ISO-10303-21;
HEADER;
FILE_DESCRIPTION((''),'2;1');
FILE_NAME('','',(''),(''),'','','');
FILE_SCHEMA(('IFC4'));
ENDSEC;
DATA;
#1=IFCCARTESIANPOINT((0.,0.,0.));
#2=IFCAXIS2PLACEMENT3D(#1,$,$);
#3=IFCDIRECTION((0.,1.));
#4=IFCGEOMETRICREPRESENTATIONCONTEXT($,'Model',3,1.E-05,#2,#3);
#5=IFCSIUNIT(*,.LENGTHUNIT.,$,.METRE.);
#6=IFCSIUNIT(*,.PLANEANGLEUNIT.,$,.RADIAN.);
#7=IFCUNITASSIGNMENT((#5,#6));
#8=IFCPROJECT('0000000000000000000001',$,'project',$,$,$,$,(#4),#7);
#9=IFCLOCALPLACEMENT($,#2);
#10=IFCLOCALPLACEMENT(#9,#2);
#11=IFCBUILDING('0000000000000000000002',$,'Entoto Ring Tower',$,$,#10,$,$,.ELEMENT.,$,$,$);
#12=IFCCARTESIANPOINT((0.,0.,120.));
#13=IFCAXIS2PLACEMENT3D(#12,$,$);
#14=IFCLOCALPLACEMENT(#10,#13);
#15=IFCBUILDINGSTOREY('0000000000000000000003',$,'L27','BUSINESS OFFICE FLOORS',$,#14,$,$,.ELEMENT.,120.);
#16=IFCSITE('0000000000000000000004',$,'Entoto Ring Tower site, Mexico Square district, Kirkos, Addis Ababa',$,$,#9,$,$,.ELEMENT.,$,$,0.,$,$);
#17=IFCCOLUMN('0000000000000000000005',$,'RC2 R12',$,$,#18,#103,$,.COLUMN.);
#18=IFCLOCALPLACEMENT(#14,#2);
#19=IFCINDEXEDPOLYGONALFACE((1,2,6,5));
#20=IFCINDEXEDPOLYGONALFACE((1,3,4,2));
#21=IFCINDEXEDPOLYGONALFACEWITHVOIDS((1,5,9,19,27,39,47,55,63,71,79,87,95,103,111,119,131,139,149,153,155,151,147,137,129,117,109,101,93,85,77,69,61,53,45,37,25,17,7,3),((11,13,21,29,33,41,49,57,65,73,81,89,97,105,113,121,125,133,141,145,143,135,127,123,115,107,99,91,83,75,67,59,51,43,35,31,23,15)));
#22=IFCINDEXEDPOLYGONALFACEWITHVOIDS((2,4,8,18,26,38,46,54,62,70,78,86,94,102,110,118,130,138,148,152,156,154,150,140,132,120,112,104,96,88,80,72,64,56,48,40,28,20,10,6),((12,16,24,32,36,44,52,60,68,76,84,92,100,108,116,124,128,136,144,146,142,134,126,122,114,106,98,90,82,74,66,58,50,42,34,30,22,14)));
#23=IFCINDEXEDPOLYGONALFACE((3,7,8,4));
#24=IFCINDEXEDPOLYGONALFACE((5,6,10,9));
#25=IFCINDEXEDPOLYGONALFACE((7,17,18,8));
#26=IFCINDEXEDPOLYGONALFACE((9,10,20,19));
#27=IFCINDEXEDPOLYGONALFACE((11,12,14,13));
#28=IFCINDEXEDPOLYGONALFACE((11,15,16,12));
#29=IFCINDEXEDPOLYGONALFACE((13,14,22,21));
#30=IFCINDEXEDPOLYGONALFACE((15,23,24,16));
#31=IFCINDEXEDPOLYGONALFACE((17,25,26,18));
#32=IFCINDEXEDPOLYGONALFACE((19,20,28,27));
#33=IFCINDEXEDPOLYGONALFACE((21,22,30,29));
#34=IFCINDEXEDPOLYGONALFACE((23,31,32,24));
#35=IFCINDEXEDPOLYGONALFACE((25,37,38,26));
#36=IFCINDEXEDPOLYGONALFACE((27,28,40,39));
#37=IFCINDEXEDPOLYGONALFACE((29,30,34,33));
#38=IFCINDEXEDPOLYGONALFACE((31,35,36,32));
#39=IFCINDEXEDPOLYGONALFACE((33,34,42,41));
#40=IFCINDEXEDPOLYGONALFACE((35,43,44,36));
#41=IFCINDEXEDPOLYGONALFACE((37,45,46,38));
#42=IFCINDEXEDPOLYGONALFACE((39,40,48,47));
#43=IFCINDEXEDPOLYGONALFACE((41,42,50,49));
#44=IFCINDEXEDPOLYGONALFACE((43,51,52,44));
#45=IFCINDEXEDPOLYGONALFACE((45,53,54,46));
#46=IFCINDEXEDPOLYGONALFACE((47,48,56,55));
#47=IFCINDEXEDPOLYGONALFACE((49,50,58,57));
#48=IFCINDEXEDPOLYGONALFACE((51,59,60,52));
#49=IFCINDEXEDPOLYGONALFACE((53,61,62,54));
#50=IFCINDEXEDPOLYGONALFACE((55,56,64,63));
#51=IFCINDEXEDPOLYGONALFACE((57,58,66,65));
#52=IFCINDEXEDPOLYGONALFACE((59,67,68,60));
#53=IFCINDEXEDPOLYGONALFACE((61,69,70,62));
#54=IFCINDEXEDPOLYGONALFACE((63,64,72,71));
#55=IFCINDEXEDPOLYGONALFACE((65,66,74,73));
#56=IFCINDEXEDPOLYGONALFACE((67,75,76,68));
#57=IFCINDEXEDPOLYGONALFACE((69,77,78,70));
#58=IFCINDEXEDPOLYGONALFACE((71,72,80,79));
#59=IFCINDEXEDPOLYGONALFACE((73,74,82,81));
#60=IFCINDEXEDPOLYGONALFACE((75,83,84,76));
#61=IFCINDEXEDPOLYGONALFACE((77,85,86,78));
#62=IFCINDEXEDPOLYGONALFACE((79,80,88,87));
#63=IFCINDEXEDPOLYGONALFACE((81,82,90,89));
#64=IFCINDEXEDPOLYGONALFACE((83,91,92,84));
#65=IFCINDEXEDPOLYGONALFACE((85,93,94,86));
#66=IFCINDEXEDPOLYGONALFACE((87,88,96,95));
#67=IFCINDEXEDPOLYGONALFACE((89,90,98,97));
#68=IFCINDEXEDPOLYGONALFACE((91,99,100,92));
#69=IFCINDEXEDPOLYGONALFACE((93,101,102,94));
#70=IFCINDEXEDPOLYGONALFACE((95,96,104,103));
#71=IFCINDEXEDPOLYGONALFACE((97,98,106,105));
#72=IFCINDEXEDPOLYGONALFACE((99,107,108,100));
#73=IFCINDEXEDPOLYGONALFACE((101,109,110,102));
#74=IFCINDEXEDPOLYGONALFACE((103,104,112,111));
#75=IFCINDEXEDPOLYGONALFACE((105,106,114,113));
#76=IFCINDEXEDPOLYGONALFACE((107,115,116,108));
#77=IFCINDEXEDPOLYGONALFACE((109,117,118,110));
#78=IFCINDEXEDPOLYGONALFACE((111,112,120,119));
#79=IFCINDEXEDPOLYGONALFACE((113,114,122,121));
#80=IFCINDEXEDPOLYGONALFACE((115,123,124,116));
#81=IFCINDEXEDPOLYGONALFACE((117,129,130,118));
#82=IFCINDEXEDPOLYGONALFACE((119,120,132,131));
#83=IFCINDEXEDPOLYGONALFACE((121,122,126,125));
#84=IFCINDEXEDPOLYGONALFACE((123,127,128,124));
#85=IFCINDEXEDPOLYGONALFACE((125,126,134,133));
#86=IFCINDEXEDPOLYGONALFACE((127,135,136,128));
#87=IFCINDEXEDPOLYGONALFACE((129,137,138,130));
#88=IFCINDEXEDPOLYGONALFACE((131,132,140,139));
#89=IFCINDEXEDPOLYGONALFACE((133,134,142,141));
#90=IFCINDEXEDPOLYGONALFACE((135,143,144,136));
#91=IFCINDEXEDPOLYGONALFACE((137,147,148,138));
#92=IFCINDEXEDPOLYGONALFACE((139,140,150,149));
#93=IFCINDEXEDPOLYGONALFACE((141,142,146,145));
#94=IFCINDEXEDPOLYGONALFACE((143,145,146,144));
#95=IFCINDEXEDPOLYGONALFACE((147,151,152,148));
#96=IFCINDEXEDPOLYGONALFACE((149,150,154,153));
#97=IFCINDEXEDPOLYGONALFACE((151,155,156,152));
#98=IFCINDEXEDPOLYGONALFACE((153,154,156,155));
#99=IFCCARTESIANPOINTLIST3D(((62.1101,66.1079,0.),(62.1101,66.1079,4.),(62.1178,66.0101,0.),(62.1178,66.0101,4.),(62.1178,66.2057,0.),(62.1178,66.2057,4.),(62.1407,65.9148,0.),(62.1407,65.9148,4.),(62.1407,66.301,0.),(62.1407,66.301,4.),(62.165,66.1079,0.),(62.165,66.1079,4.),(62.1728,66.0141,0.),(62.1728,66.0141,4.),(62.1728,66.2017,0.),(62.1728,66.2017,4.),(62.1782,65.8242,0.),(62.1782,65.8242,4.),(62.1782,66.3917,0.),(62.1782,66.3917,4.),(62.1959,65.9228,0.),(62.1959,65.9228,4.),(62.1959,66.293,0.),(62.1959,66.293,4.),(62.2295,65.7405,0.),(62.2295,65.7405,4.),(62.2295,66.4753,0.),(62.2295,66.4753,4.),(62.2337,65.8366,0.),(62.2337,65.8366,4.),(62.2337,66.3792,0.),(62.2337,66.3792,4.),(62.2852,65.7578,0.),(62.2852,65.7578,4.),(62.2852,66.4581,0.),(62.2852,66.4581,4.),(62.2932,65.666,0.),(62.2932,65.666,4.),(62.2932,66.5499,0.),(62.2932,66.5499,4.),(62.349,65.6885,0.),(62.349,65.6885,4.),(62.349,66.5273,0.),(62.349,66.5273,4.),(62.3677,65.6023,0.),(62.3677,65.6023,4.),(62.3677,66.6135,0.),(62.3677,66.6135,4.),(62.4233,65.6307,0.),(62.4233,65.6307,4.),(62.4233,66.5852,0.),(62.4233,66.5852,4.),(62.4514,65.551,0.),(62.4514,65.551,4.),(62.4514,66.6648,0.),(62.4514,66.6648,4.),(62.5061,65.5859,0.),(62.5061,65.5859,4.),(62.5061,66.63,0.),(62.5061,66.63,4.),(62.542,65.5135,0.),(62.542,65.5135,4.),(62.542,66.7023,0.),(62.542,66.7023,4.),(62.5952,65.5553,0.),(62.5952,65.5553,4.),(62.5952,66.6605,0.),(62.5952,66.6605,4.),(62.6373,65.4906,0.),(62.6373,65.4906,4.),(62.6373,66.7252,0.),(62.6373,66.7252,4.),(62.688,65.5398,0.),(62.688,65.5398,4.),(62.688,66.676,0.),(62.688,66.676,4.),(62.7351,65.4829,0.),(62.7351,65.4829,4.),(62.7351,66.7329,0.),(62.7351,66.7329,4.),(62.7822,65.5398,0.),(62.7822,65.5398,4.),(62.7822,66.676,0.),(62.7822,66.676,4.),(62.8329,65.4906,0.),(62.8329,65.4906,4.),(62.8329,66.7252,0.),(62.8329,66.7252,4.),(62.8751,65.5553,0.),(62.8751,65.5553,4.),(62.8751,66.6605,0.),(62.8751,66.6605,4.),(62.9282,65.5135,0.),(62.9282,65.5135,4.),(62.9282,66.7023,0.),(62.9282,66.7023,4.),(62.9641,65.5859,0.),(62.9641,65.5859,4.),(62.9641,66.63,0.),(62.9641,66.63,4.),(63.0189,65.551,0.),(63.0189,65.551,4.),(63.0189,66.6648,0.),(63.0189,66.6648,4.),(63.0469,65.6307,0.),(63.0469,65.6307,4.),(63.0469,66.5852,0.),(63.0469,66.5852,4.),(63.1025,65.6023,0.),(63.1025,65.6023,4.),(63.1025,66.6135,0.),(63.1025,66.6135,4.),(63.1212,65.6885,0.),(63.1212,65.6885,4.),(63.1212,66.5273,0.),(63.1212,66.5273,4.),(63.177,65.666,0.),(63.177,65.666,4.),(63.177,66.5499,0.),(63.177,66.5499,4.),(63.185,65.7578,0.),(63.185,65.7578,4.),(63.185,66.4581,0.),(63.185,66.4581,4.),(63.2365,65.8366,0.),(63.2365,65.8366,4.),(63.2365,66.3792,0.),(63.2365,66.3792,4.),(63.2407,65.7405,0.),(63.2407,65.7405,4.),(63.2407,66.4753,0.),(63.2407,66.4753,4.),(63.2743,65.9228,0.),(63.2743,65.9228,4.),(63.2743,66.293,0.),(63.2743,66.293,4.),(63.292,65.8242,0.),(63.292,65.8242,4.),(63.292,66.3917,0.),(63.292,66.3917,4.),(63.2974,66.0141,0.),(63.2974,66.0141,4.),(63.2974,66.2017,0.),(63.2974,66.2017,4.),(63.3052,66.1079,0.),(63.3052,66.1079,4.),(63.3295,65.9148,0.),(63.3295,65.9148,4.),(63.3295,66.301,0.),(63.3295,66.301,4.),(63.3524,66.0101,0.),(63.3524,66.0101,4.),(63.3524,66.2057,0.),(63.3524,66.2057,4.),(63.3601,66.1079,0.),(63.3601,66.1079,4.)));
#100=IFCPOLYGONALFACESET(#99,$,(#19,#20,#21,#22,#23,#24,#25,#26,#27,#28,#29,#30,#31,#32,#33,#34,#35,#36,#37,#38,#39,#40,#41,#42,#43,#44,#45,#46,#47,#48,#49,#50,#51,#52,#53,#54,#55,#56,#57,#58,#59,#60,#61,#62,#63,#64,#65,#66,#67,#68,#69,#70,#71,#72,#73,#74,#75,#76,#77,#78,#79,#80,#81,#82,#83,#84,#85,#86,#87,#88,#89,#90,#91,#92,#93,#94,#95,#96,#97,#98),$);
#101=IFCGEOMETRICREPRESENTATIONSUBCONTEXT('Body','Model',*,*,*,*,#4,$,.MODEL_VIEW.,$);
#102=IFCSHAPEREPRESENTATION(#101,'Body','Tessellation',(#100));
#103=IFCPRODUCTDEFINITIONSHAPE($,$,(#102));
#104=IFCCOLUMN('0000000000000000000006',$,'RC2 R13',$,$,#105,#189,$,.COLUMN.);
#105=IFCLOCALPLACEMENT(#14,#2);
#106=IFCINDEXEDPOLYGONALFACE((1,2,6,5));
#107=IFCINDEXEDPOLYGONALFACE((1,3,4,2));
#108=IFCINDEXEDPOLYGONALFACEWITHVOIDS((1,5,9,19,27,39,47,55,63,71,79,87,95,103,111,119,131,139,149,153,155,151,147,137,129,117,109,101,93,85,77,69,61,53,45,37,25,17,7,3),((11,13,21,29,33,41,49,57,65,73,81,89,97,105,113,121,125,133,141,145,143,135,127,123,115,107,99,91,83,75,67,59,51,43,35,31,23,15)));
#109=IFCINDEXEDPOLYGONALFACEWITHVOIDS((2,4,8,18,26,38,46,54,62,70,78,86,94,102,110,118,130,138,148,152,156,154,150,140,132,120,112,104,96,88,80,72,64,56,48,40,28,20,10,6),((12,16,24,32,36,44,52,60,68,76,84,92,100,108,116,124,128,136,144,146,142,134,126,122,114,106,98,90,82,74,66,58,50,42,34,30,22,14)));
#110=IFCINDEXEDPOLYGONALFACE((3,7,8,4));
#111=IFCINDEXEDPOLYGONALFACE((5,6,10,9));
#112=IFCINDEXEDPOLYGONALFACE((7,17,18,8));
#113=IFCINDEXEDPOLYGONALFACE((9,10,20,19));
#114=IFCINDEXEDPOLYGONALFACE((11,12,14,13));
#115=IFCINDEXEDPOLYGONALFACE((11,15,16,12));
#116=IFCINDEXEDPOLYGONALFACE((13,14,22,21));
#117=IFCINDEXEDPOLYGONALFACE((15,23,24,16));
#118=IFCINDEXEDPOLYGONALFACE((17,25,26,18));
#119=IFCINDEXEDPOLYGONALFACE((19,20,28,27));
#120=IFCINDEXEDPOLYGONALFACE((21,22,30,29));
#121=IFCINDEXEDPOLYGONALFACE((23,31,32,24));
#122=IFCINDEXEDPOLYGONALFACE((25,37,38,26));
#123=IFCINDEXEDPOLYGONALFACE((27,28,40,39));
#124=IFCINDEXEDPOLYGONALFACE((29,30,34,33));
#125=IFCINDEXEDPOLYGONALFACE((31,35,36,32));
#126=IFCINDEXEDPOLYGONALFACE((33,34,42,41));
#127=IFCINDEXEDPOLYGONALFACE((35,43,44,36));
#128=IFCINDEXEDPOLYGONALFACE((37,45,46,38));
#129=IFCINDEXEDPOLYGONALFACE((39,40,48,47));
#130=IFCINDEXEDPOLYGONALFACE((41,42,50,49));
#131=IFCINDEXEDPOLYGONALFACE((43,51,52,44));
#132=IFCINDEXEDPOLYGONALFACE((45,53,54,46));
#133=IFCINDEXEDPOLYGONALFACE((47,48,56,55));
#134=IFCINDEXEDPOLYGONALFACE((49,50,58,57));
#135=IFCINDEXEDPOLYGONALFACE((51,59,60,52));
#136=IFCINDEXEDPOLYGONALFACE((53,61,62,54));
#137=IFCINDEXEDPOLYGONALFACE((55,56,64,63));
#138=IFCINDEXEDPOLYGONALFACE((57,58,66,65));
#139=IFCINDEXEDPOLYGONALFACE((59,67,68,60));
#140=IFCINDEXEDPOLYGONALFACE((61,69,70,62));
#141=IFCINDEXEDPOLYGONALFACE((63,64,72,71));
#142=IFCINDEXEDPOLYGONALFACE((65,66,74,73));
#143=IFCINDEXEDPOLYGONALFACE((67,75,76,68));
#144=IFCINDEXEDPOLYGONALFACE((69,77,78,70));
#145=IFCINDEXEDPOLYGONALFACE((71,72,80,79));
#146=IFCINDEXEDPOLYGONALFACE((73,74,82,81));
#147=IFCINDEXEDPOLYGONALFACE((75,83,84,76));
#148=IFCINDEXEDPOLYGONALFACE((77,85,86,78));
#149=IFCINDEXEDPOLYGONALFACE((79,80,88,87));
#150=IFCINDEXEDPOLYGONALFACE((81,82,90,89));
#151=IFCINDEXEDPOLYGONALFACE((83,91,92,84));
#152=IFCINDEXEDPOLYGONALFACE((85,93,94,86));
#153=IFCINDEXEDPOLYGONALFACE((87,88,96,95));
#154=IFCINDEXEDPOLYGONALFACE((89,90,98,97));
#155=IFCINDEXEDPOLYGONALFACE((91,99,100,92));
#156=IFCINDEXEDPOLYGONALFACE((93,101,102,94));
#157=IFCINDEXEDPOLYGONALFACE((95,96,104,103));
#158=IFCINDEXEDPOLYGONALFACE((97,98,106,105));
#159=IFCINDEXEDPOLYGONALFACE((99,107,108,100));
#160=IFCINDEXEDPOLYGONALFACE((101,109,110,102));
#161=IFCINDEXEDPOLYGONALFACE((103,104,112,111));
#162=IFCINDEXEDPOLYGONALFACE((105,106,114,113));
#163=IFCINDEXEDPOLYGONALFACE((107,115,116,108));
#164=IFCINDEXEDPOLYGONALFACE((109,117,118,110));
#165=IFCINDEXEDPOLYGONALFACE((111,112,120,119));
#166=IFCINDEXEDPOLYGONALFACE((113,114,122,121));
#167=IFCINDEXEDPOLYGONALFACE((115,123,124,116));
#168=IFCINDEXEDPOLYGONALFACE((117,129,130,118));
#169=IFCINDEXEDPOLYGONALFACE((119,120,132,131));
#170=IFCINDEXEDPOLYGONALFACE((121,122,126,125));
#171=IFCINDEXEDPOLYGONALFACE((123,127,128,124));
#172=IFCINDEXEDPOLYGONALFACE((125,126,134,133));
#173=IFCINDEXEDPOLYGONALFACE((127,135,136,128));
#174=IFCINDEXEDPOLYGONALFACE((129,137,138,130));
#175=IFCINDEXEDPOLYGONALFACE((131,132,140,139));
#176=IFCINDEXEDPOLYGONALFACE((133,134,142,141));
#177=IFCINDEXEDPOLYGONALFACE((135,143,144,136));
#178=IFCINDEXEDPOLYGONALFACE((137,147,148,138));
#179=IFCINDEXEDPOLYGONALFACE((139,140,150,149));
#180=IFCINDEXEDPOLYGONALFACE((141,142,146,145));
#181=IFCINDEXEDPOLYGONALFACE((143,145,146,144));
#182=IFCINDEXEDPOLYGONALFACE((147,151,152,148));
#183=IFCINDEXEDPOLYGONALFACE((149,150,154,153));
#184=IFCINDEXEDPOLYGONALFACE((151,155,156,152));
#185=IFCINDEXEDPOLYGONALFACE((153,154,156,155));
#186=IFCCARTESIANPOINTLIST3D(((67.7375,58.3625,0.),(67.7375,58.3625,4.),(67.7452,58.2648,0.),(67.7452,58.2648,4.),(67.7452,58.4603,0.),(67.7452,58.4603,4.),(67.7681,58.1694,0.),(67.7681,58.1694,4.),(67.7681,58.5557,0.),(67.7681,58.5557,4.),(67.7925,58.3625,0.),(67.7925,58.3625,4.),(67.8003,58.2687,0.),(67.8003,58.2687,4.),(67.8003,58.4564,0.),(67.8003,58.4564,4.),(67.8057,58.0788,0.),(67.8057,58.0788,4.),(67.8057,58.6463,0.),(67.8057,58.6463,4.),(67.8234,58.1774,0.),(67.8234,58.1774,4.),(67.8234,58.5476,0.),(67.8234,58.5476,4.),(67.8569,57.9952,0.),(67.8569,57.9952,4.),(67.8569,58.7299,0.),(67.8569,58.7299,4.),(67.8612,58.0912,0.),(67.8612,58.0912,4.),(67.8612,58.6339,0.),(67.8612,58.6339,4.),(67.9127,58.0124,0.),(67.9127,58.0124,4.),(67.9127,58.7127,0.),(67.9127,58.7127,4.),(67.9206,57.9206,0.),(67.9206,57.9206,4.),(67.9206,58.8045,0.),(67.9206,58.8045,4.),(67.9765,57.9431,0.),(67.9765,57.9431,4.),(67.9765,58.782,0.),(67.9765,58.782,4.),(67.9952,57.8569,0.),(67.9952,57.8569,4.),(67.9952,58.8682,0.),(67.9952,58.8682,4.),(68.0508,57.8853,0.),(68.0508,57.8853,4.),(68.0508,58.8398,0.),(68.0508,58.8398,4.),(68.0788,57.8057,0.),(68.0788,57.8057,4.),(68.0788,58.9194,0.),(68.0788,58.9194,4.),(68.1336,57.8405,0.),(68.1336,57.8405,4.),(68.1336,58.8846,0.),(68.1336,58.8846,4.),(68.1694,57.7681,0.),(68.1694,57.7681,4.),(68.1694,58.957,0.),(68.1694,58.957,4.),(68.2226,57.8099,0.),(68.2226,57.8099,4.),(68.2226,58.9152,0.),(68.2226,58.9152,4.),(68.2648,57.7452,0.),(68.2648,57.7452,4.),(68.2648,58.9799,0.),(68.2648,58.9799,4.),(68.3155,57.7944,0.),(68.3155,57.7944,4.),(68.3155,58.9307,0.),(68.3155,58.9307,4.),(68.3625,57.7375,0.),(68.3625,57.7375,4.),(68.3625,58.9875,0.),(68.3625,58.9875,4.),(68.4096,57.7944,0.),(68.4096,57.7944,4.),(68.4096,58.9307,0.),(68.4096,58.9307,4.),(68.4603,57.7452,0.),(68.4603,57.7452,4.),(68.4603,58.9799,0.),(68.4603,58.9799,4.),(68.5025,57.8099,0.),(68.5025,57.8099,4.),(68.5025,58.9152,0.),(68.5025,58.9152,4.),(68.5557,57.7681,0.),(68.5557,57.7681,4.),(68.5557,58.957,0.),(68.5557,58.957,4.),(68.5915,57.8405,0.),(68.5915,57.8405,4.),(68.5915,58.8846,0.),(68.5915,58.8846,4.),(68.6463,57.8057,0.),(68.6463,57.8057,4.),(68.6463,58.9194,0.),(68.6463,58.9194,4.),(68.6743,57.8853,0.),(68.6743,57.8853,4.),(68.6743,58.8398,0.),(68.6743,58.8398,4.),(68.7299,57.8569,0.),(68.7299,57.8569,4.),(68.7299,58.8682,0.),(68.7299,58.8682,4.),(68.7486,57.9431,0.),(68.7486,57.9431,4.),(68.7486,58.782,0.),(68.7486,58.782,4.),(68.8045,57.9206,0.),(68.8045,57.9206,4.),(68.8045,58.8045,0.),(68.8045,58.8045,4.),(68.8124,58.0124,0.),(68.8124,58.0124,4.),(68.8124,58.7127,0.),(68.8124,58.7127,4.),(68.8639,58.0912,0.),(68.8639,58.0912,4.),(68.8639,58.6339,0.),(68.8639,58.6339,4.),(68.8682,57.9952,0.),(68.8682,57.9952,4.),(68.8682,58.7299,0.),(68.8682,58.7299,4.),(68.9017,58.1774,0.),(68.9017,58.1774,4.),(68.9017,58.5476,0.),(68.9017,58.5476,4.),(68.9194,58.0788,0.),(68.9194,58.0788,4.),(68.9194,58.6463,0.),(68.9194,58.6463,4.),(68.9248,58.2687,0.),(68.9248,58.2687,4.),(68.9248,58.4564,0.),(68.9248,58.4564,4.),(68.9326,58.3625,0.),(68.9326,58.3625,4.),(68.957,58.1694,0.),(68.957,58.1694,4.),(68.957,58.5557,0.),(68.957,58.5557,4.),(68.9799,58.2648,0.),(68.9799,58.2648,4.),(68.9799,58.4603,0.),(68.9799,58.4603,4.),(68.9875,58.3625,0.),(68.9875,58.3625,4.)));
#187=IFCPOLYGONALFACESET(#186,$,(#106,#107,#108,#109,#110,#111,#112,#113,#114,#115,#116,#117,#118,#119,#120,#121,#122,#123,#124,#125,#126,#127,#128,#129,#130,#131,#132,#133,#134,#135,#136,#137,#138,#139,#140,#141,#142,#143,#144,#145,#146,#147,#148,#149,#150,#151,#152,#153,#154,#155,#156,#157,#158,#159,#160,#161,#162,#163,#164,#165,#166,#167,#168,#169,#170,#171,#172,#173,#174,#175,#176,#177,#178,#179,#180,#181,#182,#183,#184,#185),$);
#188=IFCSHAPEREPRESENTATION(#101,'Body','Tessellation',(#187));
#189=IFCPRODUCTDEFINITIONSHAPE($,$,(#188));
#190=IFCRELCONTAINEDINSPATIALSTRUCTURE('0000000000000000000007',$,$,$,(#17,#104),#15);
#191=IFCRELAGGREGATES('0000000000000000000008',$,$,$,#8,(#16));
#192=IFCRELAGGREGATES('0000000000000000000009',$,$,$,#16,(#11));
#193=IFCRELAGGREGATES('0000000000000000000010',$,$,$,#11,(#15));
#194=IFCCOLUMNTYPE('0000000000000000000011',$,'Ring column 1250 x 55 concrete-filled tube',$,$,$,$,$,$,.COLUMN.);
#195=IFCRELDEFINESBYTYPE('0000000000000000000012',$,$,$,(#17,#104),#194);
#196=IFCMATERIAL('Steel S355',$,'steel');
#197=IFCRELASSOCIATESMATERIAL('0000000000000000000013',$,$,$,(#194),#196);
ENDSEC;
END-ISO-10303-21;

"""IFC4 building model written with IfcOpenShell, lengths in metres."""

from ifc_helpers import new_model, si_unit, direction, frame, origin, origin_2d, place, context, subcontext, project, spatial, circle, hollow_circle, extrude, material, material_profile, profile_set, type_object, element, save


model = new_model("IFC4")

# Units and contexts
model_context = context("Model", 3, precision=1e-05, world=origin(), true_north=direction((0.0, 1.0)))
body_context = subcontext(model_context, "Body", "Model", "MODEL_VIEW")
ifc_project = project(units=[si_unit("LENGTHUNIT", "METRE"), si_unit("PLANEANGLEUNIT", "RADIAN")], contexts=[model_context])

# Site, building, storey
site_placement = place(None, origin())
site = spatial("IfcSite", under=ifc_project, at=site_placement, Name="Entoto Ring Tower site, Mexico Square district, Kirkos, Addis Ababa", CompositionType="ELEMENT", RefElevation=0.0)
building_placement = place(site_placement, origin())
building = spatial("IfcBuilding", under=site, at=building_placement, Name="Entoto Ring Tower", CompositionType="ELEMENT")
storey_placement = place(building_placement, frame((0.0, 0.0, 120.0)))
storey = spatial("IfcBuildingStorey", under=building, at=storey_placement, Name="L27", Description="BUSINESS OFFICE FLOORS", CompositionType="ELEMENT", Elevation=120.0)

# Columns
ifc_material_1 = material(Name="Steel S355", Category="steel")
ifc_material_profile_1 = material_profile(ifc_material_1, hollow_circle(Radius=0.625, WallThickness=0.0549, at=origin_2d()), Name="CHS 1250 x 55")
ifc_material_2 = material(Name="Concrete C60/75", Category="concrete")
ifc_material_profile_2 = material_profile(ifc_material_2, circle(Radius=0.5701, at=origin_2d()), Name="Concrete C60/75 infill")
ifc_profile_set_1 = profile_set([ifc_material_profile_1, ifc_material_profile_2], Name="Steel S355")
column_type = type_object("IfcColumnType", Name="Ring column 1250 x 55 concrete-filled tube", PredefinedType="COLUMN", material=ifc_profile_set_1)
for number, where, z_axis, x_axis, name in (
    (1, (62.7351, 66.1079, 0.0), (0.0, 0.0, 1.0), (1.0, 0.0, 0.0), "RC2 R12"),
    (2, (68.3625, 58.3625, 0.0), (0.0, 0.0, 1.0), (1.0, 0.0, 0.0), "RC2 R13"),
):
    element("IfcColumn", number, at=place(storey_placement, frame(where, z_axis=z_axis, x_axis=x_axis)), inside=storey, type_object=column_type, Name=name, PredefinedType="COLUMN", context=body_context, shape_type="SweptSolid", body=[
        extrude(hollow_circle(Radius=0.625, WallThickness=0.0549, at=origin_2d()), origin(), (0.0, 0.0, 1.0), 4.0),
    ])

save(model, "model.ifc")
